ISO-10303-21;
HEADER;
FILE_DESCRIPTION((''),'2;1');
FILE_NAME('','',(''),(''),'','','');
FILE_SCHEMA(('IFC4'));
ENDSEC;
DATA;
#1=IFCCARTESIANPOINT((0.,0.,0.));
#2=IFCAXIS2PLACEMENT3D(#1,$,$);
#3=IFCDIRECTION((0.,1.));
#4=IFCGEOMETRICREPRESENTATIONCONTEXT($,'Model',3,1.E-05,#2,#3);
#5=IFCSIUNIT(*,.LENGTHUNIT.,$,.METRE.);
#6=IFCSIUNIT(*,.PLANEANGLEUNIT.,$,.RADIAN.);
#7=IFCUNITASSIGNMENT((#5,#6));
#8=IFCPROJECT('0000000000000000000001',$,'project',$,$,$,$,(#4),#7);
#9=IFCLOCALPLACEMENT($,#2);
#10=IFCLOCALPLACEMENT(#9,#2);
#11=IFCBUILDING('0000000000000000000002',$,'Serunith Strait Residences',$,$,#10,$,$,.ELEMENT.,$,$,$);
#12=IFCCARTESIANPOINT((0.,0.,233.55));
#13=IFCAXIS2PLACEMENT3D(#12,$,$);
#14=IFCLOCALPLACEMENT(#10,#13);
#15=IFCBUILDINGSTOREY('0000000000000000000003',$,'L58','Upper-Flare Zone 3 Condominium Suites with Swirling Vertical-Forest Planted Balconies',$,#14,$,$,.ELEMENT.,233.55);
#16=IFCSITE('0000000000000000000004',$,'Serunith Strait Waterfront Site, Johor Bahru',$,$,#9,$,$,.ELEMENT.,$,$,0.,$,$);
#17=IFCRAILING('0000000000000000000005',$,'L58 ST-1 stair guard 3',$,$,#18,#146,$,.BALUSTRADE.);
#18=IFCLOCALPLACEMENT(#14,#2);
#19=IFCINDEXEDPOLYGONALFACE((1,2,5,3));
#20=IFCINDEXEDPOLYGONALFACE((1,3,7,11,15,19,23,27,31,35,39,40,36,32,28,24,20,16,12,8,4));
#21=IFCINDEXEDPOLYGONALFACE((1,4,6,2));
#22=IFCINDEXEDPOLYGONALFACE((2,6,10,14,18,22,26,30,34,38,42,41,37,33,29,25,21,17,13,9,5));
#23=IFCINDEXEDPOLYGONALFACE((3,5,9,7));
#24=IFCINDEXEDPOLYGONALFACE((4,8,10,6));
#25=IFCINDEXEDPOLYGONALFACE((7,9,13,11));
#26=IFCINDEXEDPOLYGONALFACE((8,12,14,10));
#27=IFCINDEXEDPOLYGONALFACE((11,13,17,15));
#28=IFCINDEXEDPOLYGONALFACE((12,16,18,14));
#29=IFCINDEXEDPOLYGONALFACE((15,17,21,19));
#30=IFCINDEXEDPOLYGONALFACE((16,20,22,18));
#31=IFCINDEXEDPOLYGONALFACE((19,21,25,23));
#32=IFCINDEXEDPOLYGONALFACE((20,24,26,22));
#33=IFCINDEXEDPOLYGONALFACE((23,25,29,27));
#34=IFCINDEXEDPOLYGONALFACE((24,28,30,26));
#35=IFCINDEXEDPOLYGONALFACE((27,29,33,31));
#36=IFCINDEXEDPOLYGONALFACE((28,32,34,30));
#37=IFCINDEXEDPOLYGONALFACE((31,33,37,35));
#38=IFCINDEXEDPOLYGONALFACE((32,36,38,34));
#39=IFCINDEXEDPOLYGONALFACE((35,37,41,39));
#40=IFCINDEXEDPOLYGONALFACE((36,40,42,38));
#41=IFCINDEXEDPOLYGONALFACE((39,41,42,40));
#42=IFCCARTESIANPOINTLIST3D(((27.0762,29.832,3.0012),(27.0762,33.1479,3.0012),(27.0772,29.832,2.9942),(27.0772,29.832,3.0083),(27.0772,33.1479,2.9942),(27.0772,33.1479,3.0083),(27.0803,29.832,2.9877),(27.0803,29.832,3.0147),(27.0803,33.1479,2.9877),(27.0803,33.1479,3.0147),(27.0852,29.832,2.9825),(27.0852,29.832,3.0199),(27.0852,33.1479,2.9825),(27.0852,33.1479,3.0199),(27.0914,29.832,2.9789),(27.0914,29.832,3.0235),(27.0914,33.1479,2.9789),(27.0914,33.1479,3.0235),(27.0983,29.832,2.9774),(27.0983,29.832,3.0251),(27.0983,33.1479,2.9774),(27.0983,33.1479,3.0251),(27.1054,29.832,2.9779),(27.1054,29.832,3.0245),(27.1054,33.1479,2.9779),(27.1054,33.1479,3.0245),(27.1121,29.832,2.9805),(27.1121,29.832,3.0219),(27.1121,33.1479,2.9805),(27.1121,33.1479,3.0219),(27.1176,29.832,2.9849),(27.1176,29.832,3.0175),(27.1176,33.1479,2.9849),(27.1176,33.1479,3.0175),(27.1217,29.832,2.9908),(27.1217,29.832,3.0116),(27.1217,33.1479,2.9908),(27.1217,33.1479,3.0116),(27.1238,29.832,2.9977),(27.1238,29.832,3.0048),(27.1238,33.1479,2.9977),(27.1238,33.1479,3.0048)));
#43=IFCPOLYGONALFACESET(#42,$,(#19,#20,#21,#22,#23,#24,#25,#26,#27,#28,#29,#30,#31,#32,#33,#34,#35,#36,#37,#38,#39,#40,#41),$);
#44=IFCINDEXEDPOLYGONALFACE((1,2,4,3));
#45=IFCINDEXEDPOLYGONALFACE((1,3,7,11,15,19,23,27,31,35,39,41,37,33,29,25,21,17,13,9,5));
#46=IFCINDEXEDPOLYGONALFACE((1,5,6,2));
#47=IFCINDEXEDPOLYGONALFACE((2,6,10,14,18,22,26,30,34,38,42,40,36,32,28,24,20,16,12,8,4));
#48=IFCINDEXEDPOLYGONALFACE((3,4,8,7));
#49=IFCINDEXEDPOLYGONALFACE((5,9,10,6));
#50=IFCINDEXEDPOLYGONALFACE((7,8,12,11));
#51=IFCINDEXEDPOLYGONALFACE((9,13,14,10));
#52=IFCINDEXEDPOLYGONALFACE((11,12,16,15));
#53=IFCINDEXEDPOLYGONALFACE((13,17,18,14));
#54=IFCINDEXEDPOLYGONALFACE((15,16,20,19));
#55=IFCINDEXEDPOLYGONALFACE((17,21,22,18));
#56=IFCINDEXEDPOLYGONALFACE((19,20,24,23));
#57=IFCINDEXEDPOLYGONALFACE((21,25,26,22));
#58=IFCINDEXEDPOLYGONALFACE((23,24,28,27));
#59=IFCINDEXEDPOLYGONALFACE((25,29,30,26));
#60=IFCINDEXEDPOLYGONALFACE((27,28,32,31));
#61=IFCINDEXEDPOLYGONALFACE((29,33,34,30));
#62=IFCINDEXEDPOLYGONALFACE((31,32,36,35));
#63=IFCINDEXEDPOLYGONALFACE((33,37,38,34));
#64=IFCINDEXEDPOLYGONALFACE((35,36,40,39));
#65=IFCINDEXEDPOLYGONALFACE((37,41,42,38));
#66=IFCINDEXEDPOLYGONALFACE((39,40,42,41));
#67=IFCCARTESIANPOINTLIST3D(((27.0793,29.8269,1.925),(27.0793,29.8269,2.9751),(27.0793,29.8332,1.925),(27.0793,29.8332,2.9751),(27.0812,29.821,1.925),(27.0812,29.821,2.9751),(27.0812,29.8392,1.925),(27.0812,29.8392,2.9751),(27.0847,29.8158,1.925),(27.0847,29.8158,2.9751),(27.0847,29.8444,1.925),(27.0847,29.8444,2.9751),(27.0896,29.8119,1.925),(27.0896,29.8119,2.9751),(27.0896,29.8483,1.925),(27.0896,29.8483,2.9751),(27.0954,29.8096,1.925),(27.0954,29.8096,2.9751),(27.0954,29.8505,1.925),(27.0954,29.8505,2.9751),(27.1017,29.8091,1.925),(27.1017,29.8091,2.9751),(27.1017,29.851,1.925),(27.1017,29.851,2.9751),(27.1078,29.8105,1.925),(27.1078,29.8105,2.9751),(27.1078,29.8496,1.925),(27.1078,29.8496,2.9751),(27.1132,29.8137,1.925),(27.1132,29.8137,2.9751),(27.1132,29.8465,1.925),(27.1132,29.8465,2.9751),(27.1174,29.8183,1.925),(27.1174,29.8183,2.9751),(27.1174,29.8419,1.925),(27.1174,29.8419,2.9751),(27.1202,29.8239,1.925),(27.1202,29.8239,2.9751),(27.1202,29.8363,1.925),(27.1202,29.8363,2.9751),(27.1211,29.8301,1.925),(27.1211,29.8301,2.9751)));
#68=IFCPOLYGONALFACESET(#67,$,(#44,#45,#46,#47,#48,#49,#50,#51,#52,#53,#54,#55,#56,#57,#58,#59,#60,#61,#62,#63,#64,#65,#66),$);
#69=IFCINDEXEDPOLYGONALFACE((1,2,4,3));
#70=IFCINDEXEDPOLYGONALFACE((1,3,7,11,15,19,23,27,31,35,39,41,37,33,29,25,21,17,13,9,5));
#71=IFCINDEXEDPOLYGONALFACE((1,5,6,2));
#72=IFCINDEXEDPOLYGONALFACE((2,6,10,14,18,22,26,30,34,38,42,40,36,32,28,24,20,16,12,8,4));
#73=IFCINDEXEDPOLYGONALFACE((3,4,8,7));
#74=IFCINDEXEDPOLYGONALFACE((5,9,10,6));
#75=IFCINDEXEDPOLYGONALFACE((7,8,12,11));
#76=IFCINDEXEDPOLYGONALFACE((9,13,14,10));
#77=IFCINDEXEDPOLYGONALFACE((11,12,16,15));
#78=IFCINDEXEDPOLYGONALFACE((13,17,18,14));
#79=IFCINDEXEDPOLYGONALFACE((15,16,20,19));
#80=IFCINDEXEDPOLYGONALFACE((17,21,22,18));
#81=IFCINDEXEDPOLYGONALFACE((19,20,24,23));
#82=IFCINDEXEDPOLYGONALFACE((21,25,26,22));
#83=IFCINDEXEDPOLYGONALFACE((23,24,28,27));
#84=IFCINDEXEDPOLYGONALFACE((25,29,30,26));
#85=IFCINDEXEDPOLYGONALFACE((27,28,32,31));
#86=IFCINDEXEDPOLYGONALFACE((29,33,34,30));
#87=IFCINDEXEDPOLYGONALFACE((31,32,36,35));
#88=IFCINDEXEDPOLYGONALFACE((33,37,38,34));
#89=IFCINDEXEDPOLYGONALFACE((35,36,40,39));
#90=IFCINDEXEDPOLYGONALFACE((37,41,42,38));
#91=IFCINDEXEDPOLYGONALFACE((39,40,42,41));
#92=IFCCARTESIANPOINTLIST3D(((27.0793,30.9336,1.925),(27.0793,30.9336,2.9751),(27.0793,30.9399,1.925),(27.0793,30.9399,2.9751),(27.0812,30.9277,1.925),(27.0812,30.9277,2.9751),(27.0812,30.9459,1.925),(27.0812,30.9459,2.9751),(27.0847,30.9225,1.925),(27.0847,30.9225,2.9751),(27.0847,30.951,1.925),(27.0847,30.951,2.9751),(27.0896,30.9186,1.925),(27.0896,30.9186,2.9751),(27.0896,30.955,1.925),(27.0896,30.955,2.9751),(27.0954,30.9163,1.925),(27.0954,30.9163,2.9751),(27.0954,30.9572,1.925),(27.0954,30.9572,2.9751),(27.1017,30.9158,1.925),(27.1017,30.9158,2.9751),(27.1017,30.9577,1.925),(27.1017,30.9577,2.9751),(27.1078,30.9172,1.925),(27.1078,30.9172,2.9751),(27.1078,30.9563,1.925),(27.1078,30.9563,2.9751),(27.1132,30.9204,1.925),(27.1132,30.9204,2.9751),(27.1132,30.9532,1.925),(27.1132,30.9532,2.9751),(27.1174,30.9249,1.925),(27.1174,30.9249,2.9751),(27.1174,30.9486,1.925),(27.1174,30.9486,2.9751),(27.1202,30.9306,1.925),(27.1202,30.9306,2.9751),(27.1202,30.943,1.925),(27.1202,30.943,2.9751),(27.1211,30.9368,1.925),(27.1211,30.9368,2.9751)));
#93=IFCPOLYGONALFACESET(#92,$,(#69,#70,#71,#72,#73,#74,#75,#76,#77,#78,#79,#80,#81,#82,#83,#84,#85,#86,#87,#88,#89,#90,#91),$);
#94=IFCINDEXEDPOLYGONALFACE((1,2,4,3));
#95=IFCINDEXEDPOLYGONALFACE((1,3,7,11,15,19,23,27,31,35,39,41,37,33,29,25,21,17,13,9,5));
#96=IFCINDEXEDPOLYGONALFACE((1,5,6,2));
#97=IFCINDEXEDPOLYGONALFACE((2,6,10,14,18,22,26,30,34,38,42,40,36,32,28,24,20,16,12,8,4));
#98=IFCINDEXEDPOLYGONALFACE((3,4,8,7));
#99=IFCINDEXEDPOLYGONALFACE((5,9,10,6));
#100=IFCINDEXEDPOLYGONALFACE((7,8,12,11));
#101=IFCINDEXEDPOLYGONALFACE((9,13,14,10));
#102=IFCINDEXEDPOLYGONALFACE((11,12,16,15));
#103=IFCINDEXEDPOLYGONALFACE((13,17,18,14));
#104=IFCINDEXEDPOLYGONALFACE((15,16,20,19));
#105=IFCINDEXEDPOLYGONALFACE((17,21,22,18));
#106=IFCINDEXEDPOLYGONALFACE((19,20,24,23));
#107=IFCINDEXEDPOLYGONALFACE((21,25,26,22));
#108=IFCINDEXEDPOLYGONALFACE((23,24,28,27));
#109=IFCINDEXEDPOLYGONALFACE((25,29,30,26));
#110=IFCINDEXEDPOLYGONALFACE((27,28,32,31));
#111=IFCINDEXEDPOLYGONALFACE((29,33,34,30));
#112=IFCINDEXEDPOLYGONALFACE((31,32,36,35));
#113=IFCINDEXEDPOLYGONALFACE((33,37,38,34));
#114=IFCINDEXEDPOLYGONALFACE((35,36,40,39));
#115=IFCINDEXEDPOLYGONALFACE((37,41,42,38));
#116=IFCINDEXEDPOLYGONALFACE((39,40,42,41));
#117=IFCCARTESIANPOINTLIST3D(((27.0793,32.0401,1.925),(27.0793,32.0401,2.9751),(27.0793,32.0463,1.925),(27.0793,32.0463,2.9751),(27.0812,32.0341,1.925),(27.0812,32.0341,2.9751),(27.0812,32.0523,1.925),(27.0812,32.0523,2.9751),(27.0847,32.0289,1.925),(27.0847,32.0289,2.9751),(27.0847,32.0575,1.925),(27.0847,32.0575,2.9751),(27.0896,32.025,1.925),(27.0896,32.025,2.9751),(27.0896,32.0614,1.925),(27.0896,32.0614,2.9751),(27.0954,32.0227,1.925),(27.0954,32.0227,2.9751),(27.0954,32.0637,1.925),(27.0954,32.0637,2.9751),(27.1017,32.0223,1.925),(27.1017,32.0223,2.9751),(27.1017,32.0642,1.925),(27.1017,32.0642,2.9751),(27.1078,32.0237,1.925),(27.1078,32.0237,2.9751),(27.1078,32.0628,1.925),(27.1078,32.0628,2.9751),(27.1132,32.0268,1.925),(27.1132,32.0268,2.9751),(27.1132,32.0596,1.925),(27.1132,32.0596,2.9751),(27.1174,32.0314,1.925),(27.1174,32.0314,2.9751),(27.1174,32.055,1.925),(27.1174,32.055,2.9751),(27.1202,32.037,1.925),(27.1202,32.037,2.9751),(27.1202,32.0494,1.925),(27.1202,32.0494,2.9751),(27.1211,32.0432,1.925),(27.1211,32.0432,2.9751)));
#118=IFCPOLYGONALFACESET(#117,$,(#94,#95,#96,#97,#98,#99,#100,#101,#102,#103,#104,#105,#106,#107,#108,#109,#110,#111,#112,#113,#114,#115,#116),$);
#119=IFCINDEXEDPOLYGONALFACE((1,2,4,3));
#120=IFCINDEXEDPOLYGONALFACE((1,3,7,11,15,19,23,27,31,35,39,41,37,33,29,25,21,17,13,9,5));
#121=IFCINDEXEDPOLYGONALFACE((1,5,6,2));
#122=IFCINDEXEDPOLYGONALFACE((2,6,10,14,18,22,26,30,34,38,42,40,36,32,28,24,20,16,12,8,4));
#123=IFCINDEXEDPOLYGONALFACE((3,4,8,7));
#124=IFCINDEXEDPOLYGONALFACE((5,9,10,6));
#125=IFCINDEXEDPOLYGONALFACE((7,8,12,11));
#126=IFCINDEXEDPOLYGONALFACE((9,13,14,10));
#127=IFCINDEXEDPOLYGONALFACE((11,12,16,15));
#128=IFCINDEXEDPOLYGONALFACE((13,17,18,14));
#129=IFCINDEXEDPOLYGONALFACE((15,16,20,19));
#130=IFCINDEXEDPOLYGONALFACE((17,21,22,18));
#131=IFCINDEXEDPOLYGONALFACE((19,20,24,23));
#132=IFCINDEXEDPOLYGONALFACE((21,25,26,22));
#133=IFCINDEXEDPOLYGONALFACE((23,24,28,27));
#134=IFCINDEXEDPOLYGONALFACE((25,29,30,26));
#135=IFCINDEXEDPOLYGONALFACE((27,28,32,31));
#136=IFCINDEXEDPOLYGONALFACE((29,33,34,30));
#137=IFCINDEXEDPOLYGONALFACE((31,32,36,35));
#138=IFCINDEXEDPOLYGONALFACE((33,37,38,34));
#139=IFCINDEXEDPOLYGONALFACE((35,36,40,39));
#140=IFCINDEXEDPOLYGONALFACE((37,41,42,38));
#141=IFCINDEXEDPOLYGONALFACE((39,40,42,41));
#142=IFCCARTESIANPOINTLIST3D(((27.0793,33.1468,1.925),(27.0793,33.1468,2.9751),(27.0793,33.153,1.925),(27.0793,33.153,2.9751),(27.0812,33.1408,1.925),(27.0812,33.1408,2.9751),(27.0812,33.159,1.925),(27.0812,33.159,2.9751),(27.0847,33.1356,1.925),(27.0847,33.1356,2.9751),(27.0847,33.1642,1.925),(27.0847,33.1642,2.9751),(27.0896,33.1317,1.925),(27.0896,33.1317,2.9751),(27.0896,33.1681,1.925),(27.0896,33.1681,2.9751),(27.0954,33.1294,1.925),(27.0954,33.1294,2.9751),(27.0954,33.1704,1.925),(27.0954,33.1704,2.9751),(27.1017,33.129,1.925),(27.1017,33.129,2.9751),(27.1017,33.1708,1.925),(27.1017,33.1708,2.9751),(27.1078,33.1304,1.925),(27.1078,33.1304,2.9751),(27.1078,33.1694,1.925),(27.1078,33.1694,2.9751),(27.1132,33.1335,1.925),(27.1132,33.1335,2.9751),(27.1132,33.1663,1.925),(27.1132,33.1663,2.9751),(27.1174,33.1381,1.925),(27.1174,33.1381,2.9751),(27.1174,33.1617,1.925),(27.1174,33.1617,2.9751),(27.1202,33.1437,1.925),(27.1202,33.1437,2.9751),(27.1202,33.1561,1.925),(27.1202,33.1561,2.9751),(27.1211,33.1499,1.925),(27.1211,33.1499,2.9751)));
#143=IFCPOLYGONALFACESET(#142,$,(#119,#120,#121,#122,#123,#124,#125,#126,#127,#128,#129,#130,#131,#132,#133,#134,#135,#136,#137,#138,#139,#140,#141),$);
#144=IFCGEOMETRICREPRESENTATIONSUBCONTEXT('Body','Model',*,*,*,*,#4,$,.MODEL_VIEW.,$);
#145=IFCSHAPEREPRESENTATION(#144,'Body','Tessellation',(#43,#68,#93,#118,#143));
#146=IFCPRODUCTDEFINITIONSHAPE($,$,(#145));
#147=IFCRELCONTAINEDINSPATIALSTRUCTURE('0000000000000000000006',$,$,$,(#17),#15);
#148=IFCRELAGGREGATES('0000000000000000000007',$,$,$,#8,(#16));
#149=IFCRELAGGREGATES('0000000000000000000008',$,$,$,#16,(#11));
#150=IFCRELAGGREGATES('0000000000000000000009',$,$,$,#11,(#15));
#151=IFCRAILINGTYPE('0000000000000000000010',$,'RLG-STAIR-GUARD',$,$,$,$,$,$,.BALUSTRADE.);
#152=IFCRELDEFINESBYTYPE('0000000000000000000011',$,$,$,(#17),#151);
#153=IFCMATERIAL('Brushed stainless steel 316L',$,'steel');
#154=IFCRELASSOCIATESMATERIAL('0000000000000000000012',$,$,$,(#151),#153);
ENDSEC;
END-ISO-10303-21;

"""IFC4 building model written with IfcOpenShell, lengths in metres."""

from ifc_helpers import new_model, si_unit, direction, frame, origin, origin_2d, place, context, subcontext, project, spatial, circle, extrude, material, type_object, element, save


model = new_model("IFC4")

# Units and contexts
model_context = context("Model", 3, precision=1e-05, world=origin(), true_north=direction((0.0, 1.0)))
body_context = subcontext(model_context, "Body", "Model", "MODEL_VIEW")
ifc_project = project(units=[si_unit("LENGTHUNIT", "METRE"), si_unit("PLANEANGLEUNIT", "RADIAN")], contexts=[model_context])

# Site, building, storey
site_placement = place(None, origin())
site = spatial("IfcSite", under=ifc_project, at=site_placement, Name="Serunith Strait Waterfront Site, Johor Bahru", CompositionType="ELEMENT", RefElevation=0.0)
building_placement = place(site_placement, origin())
building = spatial("IfcBuilding", under=site, at=building_placement, Name="Serunith Strait Residences", CompositionType="ELEMENT")
storey_placement = place(building_placement, frame((0.0, 0.0, 233.55)))
storey = spatial("IfcBuildingStorey", under=building, at=storey_placement, Name="L58", Description="Upper-Flare Zone 3 Condominium Suites with Swirling Vertical-Forest Planted Balconies", CompositionType="ELEMENT", Elevation=233.55)

# Railing
ifc_material_1 = material(Name="Brushed stainless steel 316L", Category="steel")
railing_type_1 = type_object("IfcRailingType", Name="RLG-STAIR-GUARD", PredefinedType="BALUSTRADE", material=ifc_material_1)
for number, where, name in (
    (1, (27.1001, 29.8301, 1.925), "L58 ST-1 stair guard 3"),
):
    element("IfcRailing", number, at=place(storey_placement, frame(where)), inside=storey, type_object=railing_type_1, Name=name, PredefinedType="BALUSTRADE", context=body_context, shape_type="SweptSolid", body=[
        extrude(circle(Radius=0.0239, at=origin_2d()), frame((0.0, 0.002, 1.0762), z_axis=(0.0, 1.0, 0.0), x_axis=(-1.0, 0.0, 0.0)), (0.0, 0.0, 1.0), 3.3159),
        extrude(circle(Radius=0.021, at=origin_2d()), origin(), (0.0, 0.0, 1.0), 1.05),
        extrude(circle(Radius=0.021, at=origin_2d()), frame((0.0, 1.1067, 0.0)), (0.0, 0.0, 1.0), 1.05),
        extrude(circle(Radius=0.021, at=origin_2d()), frame((0.0, 2.2131, 0.0)), (0.0, 0.0, 1.0), 1.05),
        extrude(circle(Radius=0.021, at=origin_2d()), frame((0.0, 3.3198, 0.0)), (0.0, 0.0, 1.0), 1.05),
    ])

save(model, "model.ifc")
